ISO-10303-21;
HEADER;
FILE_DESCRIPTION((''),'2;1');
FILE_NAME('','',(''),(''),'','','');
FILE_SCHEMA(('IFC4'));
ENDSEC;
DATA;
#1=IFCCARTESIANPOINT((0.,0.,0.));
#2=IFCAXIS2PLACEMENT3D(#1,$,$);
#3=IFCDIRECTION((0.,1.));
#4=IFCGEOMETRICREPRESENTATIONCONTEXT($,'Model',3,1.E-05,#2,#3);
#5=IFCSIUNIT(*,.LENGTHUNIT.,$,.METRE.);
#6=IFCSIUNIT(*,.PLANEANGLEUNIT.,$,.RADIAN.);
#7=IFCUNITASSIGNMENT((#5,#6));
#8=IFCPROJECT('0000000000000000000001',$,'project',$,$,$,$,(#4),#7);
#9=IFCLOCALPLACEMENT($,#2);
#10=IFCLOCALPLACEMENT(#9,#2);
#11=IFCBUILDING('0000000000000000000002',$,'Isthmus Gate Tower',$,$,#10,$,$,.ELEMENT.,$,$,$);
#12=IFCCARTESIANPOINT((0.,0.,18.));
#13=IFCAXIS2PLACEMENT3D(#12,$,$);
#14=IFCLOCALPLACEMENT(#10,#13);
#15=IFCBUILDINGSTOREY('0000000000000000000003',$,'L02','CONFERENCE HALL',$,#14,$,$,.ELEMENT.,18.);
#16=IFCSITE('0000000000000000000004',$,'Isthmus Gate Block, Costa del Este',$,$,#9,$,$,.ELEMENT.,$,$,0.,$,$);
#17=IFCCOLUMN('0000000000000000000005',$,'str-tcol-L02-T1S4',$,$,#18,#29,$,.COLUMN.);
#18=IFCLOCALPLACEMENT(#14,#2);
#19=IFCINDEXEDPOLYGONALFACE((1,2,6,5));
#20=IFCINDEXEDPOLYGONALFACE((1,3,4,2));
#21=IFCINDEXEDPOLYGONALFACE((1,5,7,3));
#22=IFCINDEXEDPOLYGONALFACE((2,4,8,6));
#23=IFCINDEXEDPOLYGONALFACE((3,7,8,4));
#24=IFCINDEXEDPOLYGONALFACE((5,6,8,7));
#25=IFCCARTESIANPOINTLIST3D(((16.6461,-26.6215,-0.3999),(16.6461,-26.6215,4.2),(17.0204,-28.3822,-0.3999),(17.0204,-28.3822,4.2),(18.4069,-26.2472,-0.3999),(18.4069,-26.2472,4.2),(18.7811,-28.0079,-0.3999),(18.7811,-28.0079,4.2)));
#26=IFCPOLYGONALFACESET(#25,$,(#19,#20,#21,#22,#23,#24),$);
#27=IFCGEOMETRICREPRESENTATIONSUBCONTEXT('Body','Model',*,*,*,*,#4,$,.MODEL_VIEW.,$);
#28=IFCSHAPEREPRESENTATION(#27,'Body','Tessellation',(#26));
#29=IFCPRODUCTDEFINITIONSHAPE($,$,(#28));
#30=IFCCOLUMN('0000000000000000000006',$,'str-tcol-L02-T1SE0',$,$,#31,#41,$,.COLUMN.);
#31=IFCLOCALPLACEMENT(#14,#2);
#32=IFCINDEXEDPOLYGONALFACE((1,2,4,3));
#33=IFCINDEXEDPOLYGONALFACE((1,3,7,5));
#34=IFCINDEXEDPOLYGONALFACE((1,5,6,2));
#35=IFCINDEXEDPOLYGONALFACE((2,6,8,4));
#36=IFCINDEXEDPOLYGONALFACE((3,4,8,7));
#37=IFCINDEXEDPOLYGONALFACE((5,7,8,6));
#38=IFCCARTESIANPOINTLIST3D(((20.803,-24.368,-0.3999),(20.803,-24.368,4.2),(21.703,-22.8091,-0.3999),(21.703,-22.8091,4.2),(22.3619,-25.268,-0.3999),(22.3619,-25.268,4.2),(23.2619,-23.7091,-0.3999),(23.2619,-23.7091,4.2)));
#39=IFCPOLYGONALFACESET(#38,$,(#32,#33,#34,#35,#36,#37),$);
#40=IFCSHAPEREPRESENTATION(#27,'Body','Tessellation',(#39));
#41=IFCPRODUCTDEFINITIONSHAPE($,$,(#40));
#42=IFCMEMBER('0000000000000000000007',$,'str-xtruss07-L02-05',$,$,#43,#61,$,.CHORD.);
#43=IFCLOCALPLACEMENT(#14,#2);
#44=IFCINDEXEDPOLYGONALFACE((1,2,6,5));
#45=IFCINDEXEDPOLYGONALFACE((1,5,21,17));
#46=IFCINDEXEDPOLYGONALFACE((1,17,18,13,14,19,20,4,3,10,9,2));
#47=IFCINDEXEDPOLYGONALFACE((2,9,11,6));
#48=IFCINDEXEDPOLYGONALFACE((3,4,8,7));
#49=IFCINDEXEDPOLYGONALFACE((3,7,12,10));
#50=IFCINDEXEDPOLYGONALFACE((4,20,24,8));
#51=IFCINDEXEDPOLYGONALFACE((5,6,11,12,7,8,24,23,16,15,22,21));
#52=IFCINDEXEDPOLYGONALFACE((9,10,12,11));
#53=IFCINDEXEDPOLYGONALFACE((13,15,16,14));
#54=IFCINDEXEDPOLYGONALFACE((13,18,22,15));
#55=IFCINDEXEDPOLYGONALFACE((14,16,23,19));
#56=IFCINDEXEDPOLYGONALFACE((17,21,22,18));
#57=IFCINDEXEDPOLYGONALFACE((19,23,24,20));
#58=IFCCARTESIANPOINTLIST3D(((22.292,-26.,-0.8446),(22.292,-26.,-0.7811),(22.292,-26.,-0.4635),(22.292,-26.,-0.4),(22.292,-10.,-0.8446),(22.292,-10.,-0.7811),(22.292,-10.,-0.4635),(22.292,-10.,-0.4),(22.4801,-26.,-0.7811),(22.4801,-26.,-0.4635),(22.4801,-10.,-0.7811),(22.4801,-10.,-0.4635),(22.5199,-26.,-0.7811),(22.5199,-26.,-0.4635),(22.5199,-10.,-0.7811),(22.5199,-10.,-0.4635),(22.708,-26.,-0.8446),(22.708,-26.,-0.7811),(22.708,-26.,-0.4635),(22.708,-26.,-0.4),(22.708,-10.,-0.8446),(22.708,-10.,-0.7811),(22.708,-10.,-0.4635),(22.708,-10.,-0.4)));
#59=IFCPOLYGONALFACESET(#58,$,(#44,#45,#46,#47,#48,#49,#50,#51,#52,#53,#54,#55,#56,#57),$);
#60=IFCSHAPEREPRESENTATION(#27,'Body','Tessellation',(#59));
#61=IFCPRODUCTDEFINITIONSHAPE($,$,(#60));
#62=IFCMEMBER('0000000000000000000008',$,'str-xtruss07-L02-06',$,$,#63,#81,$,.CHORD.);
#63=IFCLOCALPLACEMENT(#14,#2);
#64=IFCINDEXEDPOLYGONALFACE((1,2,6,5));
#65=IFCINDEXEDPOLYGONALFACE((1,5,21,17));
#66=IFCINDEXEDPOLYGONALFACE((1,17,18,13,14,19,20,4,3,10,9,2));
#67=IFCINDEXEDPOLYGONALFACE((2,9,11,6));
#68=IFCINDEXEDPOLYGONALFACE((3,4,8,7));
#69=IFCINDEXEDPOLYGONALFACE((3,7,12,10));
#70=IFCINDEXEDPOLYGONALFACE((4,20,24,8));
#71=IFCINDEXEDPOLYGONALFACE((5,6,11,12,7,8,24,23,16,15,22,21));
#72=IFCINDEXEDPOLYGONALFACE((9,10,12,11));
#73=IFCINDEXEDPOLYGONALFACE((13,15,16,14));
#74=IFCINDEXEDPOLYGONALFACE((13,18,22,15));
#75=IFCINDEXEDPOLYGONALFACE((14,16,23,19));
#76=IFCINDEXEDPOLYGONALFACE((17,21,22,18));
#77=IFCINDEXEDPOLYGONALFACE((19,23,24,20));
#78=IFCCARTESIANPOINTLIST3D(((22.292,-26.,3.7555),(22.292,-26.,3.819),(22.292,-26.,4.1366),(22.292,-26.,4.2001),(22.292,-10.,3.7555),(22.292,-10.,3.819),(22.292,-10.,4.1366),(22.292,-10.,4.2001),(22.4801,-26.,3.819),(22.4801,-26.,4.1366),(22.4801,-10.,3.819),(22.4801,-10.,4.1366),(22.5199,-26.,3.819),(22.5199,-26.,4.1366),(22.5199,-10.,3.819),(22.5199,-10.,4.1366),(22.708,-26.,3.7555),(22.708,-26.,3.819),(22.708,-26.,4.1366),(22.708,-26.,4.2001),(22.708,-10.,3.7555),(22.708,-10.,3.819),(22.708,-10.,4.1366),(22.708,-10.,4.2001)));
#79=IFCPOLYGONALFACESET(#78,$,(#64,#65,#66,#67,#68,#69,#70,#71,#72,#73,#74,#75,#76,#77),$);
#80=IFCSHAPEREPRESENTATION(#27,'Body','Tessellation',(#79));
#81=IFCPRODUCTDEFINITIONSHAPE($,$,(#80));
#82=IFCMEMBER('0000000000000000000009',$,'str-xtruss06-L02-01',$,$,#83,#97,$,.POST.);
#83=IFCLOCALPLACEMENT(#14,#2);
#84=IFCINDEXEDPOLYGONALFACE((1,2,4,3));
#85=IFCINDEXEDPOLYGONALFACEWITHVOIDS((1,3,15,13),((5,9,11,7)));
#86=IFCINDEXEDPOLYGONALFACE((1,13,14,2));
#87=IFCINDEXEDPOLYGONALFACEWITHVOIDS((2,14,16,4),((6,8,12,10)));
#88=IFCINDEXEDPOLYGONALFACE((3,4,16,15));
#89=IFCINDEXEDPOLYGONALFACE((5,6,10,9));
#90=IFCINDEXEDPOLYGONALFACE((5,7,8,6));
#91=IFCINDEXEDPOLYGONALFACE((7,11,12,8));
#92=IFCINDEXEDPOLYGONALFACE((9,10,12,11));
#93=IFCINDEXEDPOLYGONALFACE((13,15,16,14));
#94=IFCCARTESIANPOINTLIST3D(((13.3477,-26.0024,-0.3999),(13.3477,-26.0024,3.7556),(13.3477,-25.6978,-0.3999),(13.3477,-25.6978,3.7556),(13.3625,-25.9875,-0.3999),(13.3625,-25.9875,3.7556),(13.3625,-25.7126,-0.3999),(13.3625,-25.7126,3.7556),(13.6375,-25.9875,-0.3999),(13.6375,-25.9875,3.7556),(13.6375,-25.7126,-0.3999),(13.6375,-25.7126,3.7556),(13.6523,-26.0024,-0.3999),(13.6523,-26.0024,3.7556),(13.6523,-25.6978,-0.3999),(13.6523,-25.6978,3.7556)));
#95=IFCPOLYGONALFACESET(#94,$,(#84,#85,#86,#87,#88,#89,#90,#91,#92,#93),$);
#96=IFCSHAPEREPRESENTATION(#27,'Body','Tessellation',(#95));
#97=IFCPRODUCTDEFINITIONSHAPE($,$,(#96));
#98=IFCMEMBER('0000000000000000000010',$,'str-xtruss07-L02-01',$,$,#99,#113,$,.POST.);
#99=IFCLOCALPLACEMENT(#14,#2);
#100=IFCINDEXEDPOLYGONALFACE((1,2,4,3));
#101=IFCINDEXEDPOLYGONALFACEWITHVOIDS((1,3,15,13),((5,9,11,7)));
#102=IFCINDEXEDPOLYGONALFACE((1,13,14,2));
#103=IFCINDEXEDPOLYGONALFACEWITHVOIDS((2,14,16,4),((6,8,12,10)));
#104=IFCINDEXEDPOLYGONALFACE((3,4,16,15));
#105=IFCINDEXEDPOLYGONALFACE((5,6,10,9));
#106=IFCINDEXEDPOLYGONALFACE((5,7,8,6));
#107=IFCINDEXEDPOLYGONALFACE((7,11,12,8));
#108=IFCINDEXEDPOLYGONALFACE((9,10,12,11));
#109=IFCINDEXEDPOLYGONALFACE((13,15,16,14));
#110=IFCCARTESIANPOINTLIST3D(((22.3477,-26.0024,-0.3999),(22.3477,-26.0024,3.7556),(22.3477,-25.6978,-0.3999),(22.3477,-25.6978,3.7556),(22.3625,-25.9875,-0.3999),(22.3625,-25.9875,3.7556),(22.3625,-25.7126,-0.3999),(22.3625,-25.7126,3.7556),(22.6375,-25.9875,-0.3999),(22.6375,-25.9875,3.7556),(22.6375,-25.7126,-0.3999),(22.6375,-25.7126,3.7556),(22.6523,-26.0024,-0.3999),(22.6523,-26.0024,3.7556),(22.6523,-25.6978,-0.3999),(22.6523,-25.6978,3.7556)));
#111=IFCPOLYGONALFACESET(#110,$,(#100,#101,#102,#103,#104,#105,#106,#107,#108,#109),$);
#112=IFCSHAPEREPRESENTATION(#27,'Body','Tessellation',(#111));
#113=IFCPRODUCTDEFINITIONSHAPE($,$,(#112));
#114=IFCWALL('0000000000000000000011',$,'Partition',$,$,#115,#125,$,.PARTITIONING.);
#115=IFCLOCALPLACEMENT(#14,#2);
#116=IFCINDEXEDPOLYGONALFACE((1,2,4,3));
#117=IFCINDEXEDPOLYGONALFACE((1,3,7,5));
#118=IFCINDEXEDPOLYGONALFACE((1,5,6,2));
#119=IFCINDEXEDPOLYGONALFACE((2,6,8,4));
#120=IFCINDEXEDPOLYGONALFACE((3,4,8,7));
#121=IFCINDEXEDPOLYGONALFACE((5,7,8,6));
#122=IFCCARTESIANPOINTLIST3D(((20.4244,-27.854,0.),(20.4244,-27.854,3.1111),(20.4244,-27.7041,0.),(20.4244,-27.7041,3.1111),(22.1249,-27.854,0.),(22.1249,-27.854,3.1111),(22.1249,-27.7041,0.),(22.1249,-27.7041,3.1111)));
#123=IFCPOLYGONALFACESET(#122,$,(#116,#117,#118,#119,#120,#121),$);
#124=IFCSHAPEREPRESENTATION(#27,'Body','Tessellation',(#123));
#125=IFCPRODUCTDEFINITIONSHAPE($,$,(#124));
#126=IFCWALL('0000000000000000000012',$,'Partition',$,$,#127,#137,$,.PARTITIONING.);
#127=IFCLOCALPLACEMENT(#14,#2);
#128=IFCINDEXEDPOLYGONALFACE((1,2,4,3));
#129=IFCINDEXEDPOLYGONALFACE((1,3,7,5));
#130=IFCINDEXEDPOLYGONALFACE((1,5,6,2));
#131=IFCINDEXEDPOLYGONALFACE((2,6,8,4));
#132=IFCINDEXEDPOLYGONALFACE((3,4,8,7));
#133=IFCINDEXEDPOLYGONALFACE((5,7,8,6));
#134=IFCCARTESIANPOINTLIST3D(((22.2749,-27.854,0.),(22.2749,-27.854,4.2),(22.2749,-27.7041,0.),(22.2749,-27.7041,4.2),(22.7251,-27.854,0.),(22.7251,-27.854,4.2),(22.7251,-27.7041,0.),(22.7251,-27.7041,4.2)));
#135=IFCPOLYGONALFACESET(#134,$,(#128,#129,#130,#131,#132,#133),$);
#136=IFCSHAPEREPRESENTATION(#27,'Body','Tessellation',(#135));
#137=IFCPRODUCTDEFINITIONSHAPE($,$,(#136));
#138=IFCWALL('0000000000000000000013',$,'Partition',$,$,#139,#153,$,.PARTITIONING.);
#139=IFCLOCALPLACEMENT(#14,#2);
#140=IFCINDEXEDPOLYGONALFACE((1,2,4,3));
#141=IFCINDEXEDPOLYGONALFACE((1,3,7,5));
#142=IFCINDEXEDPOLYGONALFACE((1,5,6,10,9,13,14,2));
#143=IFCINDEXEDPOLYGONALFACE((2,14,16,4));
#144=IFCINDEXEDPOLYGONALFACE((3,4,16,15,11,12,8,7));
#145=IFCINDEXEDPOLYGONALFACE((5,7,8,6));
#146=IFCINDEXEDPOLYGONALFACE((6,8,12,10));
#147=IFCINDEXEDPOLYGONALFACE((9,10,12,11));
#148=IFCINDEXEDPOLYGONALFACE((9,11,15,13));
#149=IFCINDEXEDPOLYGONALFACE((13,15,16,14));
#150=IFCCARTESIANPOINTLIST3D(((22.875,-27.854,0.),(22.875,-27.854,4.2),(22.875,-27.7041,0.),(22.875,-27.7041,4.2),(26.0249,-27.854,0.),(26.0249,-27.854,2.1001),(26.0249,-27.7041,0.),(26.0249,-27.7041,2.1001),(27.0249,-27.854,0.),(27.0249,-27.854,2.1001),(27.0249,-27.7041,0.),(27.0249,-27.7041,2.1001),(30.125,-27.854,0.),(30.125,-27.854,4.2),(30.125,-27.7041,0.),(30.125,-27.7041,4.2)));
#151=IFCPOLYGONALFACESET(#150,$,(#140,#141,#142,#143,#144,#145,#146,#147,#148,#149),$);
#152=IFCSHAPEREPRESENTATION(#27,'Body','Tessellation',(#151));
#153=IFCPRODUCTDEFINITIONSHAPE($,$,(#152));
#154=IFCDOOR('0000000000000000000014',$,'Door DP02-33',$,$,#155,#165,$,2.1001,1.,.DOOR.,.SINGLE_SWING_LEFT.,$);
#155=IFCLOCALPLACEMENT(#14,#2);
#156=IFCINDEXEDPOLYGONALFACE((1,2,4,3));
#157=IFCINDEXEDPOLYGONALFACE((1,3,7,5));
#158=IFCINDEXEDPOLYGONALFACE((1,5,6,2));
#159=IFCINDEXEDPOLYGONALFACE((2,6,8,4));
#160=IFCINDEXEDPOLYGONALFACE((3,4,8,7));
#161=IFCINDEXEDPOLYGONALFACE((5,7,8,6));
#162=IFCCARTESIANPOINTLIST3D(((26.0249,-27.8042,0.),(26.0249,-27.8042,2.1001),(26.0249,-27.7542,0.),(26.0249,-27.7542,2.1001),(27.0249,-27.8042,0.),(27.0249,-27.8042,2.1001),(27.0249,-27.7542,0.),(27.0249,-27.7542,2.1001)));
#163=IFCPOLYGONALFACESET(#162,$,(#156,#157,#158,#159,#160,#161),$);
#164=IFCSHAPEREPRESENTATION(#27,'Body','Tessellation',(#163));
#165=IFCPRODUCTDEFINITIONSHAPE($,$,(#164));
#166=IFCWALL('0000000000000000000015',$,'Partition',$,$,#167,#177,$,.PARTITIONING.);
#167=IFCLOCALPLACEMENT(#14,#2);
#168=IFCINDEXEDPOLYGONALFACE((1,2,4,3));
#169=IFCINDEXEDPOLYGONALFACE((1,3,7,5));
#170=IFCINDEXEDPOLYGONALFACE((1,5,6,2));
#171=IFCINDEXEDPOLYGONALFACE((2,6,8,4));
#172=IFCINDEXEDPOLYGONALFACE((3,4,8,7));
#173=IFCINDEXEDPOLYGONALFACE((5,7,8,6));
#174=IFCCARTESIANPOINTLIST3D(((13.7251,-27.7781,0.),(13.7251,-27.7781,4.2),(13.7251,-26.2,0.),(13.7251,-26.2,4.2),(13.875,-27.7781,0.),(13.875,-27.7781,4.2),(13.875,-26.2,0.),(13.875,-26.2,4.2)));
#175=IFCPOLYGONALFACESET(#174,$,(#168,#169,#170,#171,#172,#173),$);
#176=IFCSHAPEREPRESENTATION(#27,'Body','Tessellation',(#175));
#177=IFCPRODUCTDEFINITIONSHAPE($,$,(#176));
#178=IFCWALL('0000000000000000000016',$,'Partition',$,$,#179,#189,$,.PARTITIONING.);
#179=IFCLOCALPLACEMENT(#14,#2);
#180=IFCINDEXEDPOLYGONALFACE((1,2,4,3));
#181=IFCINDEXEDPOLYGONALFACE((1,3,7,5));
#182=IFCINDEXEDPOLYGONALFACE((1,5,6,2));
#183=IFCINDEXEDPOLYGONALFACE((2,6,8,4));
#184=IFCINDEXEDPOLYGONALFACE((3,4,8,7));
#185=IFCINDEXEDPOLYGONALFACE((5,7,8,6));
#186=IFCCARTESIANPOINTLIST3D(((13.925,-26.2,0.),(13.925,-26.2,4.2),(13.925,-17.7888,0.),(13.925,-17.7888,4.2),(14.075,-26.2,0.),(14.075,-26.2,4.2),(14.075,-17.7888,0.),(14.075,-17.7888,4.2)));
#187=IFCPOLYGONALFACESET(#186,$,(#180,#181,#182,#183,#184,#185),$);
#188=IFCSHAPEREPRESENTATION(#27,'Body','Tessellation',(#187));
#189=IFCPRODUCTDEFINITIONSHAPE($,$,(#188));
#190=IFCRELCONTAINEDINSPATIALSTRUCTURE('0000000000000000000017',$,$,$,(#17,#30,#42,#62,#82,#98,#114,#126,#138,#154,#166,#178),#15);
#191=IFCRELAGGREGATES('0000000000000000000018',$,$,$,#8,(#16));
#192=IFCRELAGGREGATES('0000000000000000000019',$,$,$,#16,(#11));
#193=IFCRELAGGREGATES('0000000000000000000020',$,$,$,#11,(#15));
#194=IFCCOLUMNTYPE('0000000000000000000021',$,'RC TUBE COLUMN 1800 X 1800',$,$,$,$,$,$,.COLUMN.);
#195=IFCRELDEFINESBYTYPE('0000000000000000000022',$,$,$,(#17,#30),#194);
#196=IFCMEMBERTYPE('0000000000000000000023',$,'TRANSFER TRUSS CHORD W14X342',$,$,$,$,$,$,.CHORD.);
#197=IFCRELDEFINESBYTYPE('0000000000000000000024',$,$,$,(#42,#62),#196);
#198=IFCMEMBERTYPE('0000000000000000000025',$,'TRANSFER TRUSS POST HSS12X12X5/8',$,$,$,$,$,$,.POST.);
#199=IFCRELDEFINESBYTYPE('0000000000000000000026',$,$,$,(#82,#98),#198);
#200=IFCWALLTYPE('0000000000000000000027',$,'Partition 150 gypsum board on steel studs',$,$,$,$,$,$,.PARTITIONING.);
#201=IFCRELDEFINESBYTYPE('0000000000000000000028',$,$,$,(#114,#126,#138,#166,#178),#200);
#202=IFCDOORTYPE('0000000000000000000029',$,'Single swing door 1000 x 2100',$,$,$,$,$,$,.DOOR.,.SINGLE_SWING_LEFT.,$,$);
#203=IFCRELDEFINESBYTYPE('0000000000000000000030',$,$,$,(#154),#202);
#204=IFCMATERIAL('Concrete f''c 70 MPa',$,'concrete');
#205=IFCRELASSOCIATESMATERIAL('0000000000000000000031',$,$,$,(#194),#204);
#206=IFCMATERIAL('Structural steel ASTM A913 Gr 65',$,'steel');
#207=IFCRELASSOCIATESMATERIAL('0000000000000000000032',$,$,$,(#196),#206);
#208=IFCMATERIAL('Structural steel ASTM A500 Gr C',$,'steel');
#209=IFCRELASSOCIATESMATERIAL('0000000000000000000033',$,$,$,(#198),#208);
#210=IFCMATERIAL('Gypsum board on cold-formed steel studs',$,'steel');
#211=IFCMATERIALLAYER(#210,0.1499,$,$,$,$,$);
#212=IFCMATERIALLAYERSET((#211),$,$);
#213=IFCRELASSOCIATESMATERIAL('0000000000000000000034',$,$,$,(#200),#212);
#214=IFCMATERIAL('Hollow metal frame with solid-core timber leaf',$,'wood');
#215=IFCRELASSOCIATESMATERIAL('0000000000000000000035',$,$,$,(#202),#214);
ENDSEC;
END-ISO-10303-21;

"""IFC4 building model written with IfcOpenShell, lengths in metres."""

from ifc_helpers import new_model, si_unit, direction, frame, frame_2d, origin, origin_2d, place, context, subcontext, project, spatial, rectangle, hollow_rectangle, i_section, extrude, material, layer, layer_set, material_profile, profile_set, type_object, element, fill, save


model = new_model("IFC4")

# Units and contexts
model_context = context("Model", 3, precision=1e-05, world=origin(), true_north=direction((0.0, 1.0)))
body_context = subcontext(model_context, "Body", "Model", "MODEL_VIEW")
ifc_project = project(units=[si_unit("LENGTHUNIT", "METRE"), si_unit("PLANEANGLEUNIT", "RADIAN")], contexts=[model_context])

# Site, building, storey
site_placement = place(None, origin())
site = spatial("IfcSite", under=ifc_project, at=site_placement, Name="Isthmus Gate Block, Costa del Este", CompositionType="ELEMENT", RefElevation=0.0)
building_placement = place(site_placement, origin())
building = spatial("IfcBuilding", under=site, at=building_placement, Name="Isthmus Gate Tower", CompositionType="ELEMENT")
storey_placement = place(building_placement, frame((0.0, 0.0, 18.0)))
storey = spatial("IfcBuildingStorey", under=building, at=storey_placement, Name="L02", Description="CONFERENCE HALL", CompositionType="ELEMENT", Elevation=18.0)

# Columns
ifc_material_1 = material(Name="Concrete f'c 70 MPa", Category="concrete")
ifc_material_profile_1 = material_profile(ifc_material_1, rectangle(XDim=1.8, YDim=1.8, at=origin_2d()), Name="RC 1800X1800")
ifc_profile_set_1 = profile_set([ifc_material_profile_1], Name="Concrete f'c 70 MPa")
column_type = type_object("IfcColumnType", Name="RC TUBE COLUMN 1800 X 1800", PredefinedType="COLUMN", material=ifc_profile_set_1)
for number, where, z_axis, x_axis, name in (
    (1, (17.7136, -27.3147, -0.3999), (0.0, 0.0, 1.0), (0.978148, 0.207912, 0.0), "str-tcol-L02-T1S4"),
    (2, (22.0325, -24.0386, -0.3999), (0.0, 0.0, 1.0), (0.5, 0.866025, 0.0), "str-tcol-L02-T1SE0"),
):
    element("IfcColumn", number, at=place(storey_placement, frame(where, z_axis=z_axis, x_axis=x_axis)), inside=storey, type_object=column_type, Name=name, PredefinedType="COLUMN", context=body_context, shape_type="SweptSolid", body=[
        extrude(rectangle(XDim=1.8, YDim=1.8, at=origin_2d()), origin(), (0.0, 0.0, 1.0), 4.5999),
    ])

# Members
ifc_material_2 = material(Name="Structural steel ASTM A913 Gr 65", Category="steel")
ifc_material_profile_2 = material_profile(ifc_material_2, i_section(OverallWidth=0.416, OverallDepth=0.4446, WebThickness=0.0398, FlangeThickness=0.0635, at=origin_2d()), Name="W14X342")
ifc_profile_set_2 = profile_set([ifc_material_profile_2], Name="Structural steel ASTM A913 Gr 65")
member_type_1 = type_object("IfcMemberType", Name="TRANSFER TRUSS CHORD W14X342", PredefinedType="CHORD", material=ifc_profile_set_2)
for number, where, z_axis, x_axis, name in (
    (3, (22.5, -26.0, -0.6223), (0.0, 1.0, 0.0), (-1.0, 0.0, 0.0), "str-xtruss07-L02-05"),
    (4, (22.5, -26.0, 3.9778), (0.0, 1.0, 0.0), (-1.0, 0.0, 0.0), "str-xtruss07-L02-06"),
):
    element("IfcMember", number, at=place(storey_placement, frame(where, z_axis=z_axis, x_axis=x_axis)), inside=storey, type_object=member_type_1, Name=name, PredefinedType="CHORD", context=body_context, shape_type="SweptSolid", body=[
        extrude(i_section(OverallWidth=0.416, OverallDepth=0.4446, WebThickness=0.0398, FlangeThickness=0.0635, at=origin_2d()), origin(), (0.0, 0.0, 1.0), 16.0),
    ])
ifc_material_3 = material(Name="Structural steel ASTM A500 Gr C", Category="steel")
ifc_material_profile_3 = material_profile(ifc_material_3, hollow_rectangle(XDim=0.3047, YDim=0.3047, WallThickness=0.0149, at=origin_2d()), Name="HSS12X12X5/8")
ifc_profile_set_3 = profile_set([ifc_material_profile_3], Name="Structural steel ASTM A500 Gr C")
member_type_2 = type_object("IfcMemberType", Name="TRANSFER TRUSS POST HSS12X12X5/8", PredefinedType="POST", material=ifc_profile_set_3)
for number, where, z_axis, x_axis, name in (
    (5, (13.5, -25.8501, -0.3999), (0.0, 0.0, 1.0), (1.0, 0.0, 0.0), "str-xtruss06-L02-01"),
    (6, (22.5, -25.8501, -0.3999), (0.0, 0.0, 1.0), (1.0, 0.0, 0.0), "str-xtruss07-L02-01"),
):
    element("IfcMember", number, at=place(storey_placement, frame(where, z_axis=z_axis, x_axis=x_axis)), inside=storey, type_object=member_type_2, Name=name, PredefinedType="POST", context=body_context, shape_type="SweptSolid", body=[
        extrude(hollow_rectangle(XDim=0.3047, YDim=0.3047, WallThickness=0.0149, at=origin_2d()), origin(), (0.0, 0.0, 1.0), 4.1555),
    ])

# Walls
ifc_material_4 = material(Name="Gypsum board on cold-formed steel studs", Category="steel")
ifc_layer = layer(ifc_material_4, 0.1499)
ifc_layer_set = layer_set([ifc_layer])
wall_type = type_object("IfcWallType", Name="Partition 150 gypsum board on steel studs", PredefinedType="PARTITIONING", material=ifc_layer_set)
wall_1_placement = place(storey_placement, frame((20.4246, -27.7791, 0.0), z_axis=(0.0, 0.0, 1.0), x_axis=(1.0, 0.0, 0.0)))
element("IfcWall", 7, at=wall_1_placement, inside=storey, type_object=wall_type, Name="Partition", PredefinedType="PARTITIONING", context=body_context, shape_type="SweptSolid", body=[
    extrude(rectangle(XDim=1.7004, YDim=0.1499, at=frame_2d((0.8501, 0.0))), origin(), (0.0, 0.0, 1.0), 3.1111),
])
wall_2_placement = place(storey_placement, frame((22.2749, -27.7791, 0.0), z_axis=(0.0, 0.0, 1.0), x_axis=(1.0, 0.0, 0.0)))
element("IfcWall", 8, at=wall_2_placement, inside=storey, type_object=wall_type, Name="Partition", PredefinedType="PARTITIONING", context=body_context, shape_type="SweptSolid", body=[
    extrude(rectangle(XDim=0.4502, YDim=0.1499, at=frame_2d((0.2251, 0.0))), origin(), (0.0, 0.0, 1.0), 4.2),
])

# Wall, opening, door
wall_3_placement = place(storey_placement, frame((22.875, -27.7791, 0.0), z_axis=(0.0, 0.0, 1.0), x_axis=(1.0, 0.0, 0.0)))
wall_3 = element("IfcWall", 9, at=wall_3_placement, inside=storey, type_object=wall_type, Name="Partition", PredefinedType="PARTITIONING", context=body_context, shape_type="SweptSolid", body=[
    extrude(rectangle(XDim=7.25, YDim=0.1499, at=frame_2d((3.625, 0.0))), origin(), (0.0, 0.0, 1.0), 4.2),
])
opening_placement = place(wall_3_placement, frame((3.1499, 0.0, 0.0)))
opening = element("IfcOpeningElement", 10, at=opening_placement, cuts=wall_3, PredefinedType="OPENING", context=body_context, shape_type="SweptSolid", body=[
    extrude(rectangle(XDim=1.0, YDim=2.1001, at=frame_2d((0.5, 1.05))), frame((0.0, 0.085, 0.0), z_axis=(0.0, -1.0, 0.0), x_axis=(1.0, 0.0, 0.0)), (0.0, 0.0, 1.0), 0.1699),
])
ifc_material_5 = material(Name="Hollow metal frame with solid-core timber leaf", Category="wood")
door_type = type_object("IfcDoorType", Name="Single swing door 1000 x 2100", OperationType="SINGLE_SWING_LEFT", PredefinedType="DOOR", material=ifc_material_5)
door_placement = place(opening_placement, origin())
door = element("IfcDoor", 11, at=door_placement, inside=storey, type_object=door_type, Name="Door DP02-33", OperationType="SINGLE_SWING_LEFT", OverallHeight=2.1001, OverallWidth=1.0, PredefinedType="DOOR", context=body_context, shape_type="SweptSolid", body=[
    extrude(rectangle(XDim=1.0, YDim=2.1001, at=frame_2d((0.5, 1.05))), frame((0.0, 0.0249, 0.0), z_axis=(0.0, -1.0, 0.0), x_axis=(1.0, 0.0, 0.0)), (0.0, 0.0, 1.0), 0.05),
])
fill(opening, door)

# Walls
wall_4_placement = place(storey_placement, frame((13.8, -27.7781, 0.0), z_axis=(0.0, 0.0, 1.0), x_axis=(0.0, 1.0, 0.0)))
element("IfcWall", 12, at=wall_4_placement, inside=storey, type_object=wall_type, Name="Partition", PredefinedType="PARTITIONING", context=body_context, shape_type="SweptSolid", body=[
    extrude(rectangle(XDim=1.5781, YDim=0.1499, at=frame_2d((0.7891, 0.0))), origin(), (0.0, 0.0, 1.0), 4.2),
])
wall_5_placement = place(storey_placement, frame((14.0, -26.2, 0.0), z_axis=(0.0, 0.0, 1.0), x_axis=(0.0, 1.0, 0.0)))
element("IfcWall", 13, at=wall_5_placement, inside=storey, type_object=wall_type, Name="Partition", PredefinedType="PARTITIONING", context=body_context, shape_type="SweptSolid", body=[
    extrude(rectangle(XDim=8.4111, YDim=0.1499, at=frame_2d((4.2056, 0.0))), origin(), (0.0, 0.0, 1.0), 4.2),
])

save(model, "model.ifc")
